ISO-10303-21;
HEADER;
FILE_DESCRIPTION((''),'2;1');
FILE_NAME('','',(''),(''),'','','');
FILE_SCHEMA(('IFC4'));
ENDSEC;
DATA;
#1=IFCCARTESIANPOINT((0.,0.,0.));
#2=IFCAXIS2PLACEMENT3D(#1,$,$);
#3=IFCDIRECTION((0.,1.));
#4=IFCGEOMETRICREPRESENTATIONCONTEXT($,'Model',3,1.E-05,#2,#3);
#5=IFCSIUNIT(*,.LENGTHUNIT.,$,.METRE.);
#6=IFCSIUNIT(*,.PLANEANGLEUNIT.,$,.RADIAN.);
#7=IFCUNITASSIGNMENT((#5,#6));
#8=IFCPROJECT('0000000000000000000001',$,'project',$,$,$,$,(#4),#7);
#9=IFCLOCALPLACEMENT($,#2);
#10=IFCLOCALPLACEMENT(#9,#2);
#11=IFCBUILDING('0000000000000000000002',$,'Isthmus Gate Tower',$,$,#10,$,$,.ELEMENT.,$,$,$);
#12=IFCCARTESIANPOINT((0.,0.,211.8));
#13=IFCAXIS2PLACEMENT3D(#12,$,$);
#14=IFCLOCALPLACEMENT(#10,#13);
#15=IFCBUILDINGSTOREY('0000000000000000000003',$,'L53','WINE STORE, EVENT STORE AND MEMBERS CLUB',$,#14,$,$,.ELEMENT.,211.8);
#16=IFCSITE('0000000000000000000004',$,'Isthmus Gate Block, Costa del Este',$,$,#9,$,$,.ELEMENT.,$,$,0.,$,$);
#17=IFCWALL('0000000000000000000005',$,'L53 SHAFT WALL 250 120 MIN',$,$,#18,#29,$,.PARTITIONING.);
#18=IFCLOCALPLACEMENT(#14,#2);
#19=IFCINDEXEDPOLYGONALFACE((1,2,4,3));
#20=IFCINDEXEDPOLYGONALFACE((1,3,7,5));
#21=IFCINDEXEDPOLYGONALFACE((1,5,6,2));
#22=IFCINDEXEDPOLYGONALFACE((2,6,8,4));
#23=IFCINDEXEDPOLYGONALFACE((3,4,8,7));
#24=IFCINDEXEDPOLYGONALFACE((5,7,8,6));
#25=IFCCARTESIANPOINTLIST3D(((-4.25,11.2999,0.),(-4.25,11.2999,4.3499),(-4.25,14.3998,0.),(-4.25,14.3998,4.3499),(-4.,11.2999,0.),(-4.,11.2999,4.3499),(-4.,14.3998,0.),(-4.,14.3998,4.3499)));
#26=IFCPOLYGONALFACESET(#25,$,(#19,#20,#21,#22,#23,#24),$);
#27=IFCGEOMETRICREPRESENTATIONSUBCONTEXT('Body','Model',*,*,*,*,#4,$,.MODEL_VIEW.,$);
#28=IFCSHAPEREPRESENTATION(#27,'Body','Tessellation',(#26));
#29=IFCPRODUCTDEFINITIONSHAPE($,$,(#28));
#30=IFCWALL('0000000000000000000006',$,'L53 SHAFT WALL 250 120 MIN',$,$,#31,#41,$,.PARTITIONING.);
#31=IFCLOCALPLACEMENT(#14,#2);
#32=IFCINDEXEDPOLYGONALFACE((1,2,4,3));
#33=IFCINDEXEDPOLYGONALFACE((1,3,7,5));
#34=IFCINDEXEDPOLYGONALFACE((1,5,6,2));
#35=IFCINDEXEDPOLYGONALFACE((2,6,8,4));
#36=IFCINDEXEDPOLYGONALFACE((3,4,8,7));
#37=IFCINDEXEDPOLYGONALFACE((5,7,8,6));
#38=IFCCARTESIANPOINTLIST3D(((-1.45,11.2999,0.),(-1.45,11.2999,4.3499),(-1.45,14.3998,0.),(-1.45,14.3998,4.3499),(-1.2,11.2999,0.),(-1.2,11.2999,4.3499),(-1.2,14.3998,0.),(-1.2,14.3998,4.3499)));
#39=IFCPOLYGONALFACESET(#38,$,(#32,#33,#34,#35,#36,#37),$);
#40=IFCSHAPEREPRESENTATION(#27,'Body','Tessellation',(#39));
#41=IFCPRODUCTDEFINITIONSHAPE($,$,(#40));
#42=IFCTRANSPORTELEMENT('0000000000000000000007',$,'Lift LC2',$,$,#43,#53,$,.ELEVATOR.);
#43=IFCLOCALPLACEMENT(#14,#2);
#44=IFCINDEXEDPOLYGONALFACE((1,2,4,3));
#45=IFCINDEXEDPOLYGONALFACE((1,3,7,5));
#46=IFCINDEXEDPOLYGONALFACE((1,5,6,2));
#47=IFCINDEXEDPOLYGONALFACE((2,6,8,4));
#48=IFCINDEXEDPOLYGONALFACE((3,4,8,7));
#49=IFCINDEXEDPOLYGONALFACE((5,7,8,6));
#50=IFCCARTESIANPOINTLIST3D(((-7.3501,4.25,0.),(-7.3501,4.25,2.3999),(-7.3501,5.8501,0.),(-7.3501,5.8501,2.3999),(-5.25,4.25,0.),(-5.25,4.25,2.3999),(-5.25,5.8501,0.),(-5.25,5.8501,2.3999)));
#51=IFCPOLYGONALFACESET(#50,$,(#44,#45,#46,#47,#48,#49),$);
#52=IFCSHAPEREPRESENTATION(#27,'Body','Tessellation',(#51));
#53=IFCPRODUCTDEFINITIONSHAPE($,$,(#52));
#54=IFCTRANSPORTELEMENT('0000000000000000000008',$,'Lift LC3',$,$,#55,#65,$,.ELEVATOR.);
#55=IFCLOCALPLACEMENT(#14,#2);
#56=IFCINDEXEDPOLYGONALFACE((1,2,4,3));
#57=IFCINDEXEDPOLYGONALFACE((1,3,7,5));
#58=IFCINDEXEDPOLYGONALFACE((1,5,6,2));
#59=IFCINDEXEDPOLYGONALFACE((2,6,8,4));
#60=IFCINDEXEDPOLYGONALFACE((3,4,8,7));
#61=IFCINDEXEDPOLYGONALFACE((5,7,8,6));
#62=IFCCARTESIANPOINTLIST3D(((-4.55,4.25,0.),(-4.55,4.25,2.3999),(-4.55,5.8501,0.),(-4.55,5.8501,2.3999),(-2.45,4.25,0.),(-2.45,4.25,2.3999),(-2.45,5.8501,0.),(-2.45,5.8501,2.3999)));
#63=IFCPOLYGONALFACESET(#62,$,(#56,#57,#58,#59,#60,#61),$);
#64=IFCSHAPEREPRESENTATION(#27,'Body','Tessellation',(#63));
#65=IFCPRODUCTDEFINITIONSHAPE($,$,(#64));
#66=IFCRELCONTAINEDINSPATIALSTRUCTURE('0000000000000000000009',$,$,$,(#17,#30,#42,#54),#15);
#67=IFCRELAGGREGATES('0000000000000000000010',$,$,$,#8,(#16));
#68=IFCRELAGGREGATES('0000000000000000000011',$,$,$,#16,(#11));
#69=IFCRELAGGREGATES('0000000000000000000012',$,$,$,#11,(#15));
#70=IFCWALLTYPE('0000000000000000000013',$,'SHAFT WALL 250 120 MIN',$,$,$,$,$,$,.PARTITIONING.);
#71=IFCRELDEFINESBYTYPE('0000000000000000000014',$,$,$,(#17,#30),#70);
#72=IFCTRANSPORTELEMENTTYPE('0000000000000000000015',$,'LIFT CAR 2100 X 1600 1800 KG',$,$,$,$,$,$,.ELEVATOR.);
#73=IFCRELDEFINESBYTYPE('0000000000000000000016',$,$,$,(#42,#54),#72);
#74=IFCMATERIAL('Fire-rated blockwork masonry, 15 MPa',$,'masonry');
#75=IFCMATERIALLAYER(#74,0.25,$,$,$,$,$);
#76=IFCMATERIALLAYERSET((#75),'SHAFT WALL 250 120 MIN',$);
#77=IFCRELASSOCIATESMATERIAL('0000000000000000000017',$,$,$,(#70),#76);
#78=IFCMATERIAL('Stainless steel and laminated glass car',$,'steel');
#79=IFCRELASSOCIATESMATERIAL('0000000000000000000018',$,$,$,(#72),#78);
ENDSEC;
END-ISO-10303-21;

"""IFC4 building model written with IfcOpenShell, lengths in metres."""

from ifc_helpers import new_model, si_unit, direction, frame, frame_2d, origin, origin_2d, place, context, subcontext, project, spatial, rectangle, extrude, material, layer, layer_set, type_object, element, save


model = new_model("IFC4")

# Units and contexts
model_context = context("Model", 3, precision=1e-05, world=origin(), true_north=direction((0.0, 1.0)))
body_context = subcontext(model_context, "Body", "Model", "MODEL_VIEW")
ifc_project = project(units=[si_unit("LENGTHUNIT", "METRE"), si_unit("PLANEANGLEUNIT", "RADIAN")], contexts=[model_context])

# Site, building, storey
site_placement = place(None, origin())
site = spatial("IfcSite", under=ifc_project, at=site_placement, Name="Isthmus Gate Block, Costa del Este", CompositionType="ELEMENT", RefElevation=0.0)
building_placement = place(site_placement, origin())
building = spatial("IfcBuilding", under=site, at=building_placement, Name="Isthmus Gate Tower", CompositionType="ELEMENT")
storey_placement = place(building_placement, frame((0.0, 0.0, 211.8)))
storey = spatial("IfcBuildingStorey", under=building, at=storey_placement, Name="L53", Description="WINE STORE, EVENT STORE AND MEMBERS CLUB", CompositionType="ELEMENT", Elevation=211.8)

# Walls
ifc_material_1 = material(Name="Fire-rated blockwork masonry, 15 MPa", Category="masonry")
ifc_layer_1 = layer(ifc_material_1, 0.25)
ifc_layer_set_1 = layer_set([ifc_layer_1], Name="SHAFT WALL 250 120 MIN")
wall_type_1 = type_object("IfcWallType", Name="SHAFT WALL 250 120 MIN", PredefinedType="PARTITIONING", material=ifc_layer_set_1)
for number, where, z_axis, x_axis, name in (
    (1, (-4.125, 11.3, 0.0), (0.0, 0.0, 1.0), (0.0, 1.0, 0.0), "L53 SHAFT WALL 250 120 MIN"),
    (2, (-1.325, 11.3, 0.0), (0.0, 0.0, 1.0), (0.0, 1.0, 0.0), "L53 SHAFT WALL 250 120 MIN"),
):
    element("IfcWall", number, at=place(storey_placement, frame(where, z_axis=z_axis, x_axis=x_axis)), inside=storey, type_object=wall_type_1, Name=name, PredefinedType="PARTITIONING", context=body_context, shape_type="SweptSolid", body=[
        extrude(rectangle(XDim=3.0999, YDim=0.25, at=frame_2d((1.5498, 0.0))), origin(), (0.0, 0.0, 1.0), 4.3499),
    ])

# Transport elements
ifc_material_2 = material(Name="Stainless steel and laminated glass car", Category="steel")
transport_element_type = type_object("IfcTransportElementType", Name="LIFT CAR 2100 X 1600 1800 KG", PredefinedType="ELEVATOR", material=ifc_material_2)
for number, where, z_axis, x_axis, name in (
    (3, (-6.3, 5.05, 0.0), (0.0, 0.0, 1.0), (1.0, 0.0, 0.0), "Lift LC2"),
    (4, (-3.5, 5.05, 0.0), (0.0, 0.0, 1.0), (1.0, 0.0, 0.0), "Lift LC3"),
):
    element("IfcTransportElement", number, at=place(storey_placement, frame(where, z_axis=z_axis, x_axis=x_axis)), inside=storey, type_object=transport_element_type, Name=name, PredefinedType="ELEVATOR", context=body_context, shape_type="SweptSolid", body=[
        extrude(rectangle(XDim=2.1001, YDim=1.6001, at=origin_2d()), origin(), (0.0, 0.0, 1.0), 2.3999),
    ])

save(model, "model.ifc")
